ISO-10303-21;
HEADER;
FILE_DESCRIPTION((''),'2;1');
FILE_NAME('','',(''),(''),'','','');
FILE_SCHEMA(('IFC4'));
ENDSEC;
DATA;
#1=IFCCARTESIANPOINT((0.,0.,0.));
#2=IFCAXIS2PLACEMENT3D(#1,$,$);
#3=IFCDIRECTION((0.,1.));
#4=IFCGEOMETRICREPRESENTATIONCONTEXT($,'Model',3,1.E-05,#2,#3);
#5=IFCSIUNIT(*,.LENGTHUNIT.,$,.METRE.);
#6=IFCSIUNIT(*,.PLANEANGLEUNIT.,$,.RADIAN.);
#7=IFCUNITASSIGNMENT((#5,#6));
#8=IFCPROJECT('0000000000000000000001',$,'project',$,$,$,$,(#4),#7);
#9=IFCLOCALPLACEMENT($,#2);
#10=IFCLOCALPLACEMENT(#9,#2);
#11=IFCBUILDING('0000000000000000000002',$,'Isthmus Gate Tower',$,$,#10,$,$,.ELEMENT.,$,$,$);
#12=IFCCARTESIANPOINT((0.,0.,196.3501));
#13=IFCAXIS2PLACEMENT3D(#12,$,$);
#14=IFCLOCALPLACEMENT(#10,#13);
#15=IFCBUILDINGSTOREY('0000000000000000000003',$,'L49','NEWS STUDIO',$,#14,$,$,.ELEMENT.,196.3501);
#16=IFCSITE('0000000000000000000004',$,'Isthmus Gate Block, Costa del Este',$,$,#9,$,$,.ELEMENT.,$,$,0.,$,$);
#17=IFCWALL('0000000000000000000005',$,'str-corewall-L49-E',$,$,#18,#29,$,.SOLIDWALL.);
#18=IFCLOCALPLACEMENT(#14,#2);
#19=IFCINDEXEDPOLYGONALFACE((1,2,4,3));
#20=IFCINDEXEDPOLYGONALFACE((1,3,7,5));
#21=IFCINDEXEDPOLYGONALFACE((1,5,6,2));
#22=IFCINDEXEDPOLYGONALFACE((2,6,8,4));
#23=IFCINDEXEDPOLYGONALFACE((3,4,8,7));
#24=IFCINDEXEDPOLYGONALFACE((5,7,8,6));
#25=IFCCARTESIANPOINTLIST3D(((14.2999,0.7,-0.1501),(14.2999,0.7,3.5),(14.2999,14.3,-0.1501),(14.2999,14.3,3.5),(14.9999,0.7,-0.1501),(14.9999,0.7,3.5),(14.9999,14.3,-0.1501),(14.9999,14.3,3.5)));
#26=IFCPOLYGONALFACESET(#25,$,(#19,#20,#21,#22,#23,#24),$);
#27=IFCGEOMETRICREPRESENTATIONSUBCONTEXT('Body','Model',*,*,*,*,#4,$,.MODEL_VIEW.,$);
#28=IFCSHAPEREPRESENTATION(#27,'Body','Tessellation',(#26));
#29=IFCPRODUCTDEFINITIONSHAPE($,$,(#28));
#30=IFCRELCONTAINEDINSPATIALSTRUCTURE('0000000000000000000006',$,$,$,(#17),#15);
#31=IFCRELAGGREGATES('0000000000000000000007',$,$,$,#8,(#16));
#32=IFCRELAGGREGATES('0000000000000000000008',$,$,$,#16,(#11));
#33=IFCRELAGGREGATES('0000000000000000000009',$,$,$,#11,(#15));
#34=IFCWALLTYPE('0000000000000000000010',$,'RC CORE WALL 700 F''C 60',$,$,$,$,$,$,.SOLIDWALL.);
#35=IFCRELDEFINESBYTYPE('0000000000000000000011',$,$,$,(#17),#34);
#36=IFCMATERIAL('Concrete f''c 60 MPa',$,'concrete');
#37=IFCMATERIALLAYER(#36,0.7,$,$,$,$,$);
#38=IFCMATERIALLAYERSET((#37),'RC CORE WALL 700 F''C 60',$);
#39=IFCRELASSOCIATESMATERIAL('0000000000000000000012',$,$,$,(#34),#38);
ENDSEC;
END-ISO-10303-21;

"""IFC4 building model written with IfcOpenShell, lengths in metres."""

from ifc_helpers import new_model, si_unit, direction, frame, frame_2d, origin, place, context, subcontext, project, spatial, rectangle, extrude, material, layer, layer_set, type_object, element, save


model = new_model("IFC4")

# Units and contexts
model_context = context("Model", 3, precision=1e-05, world=origin(), true_north=direction((0.0, 1.0)))
body_context = subcontext(model_context, "Body", "Model", "MODEL_VIEW")
ifc_project = project(units=[si_unit("LENGTHUNIT", "METRE"), si_unit("PLANEANGLEUNIT", "RADIAN")], contexts=[model_context])

# Site, building, storey
site_placement = place(None, origin())
site = spatial("IfcSite", under=ifc_project, at=site_placement, Name="Isthmus Gate Block, Costa del Este", CompositionType="ELEMENT", RefElevation=0.0)
building_placement = place(site_placement, origin())
building = spatial("IfcBuilding", under=site, at=building_placement, Name="Isthmus Gate Tower", CompositionType="ELEMENT")
storey_placement = place(building_placement, frame((0.0, 0.0, 196.3501)))
storey = spatial("IfcBuildingStorey", under=building, at=storey_placement, Name="L49", Description="NEWS STUDIO", CompositionType="ELEMENT", Elevation=196.3501)

# Wall
ifc_material_1 = material(Name="Concrete f'c 60 MPa", Category="concrete")
ifc_layer_1 = layer(ifc_material_1, 0.7)
ifc_layer_set_1 = layer_set([ifc_layer_1], Name="RC CORE WALL 700 F'C 60")
wall_type_1 = type_object("IfcWallType", Name="RC CORE WALL 700 F'C 60", PredefinedType="SOLIDWALL", material=ifc_layer_set_1)
wall_1_placement = place(storey_placement, frame((14.6499, 0.7, -0.1501), z_axis=(0.0, 0.0, 1.0), x_axis=(0.0, 1.0, 0.0)))
element("IfcWall", 1, at=wall_1_placement, inside=storey, type_object=wall_type_1, Name="str-corewall-L49-E", PredefinedType="SOLIDWALL", context=body_context, shape_type="SweptSolid", body=[
    extrude(rectangle(XDim=13.6001, YDim=0.7, at=frame_2d((6.8, 0.0))), origin(), (0.0, 0.0, 1.0), 3.6501),
])

save(model, "model.ifc")
